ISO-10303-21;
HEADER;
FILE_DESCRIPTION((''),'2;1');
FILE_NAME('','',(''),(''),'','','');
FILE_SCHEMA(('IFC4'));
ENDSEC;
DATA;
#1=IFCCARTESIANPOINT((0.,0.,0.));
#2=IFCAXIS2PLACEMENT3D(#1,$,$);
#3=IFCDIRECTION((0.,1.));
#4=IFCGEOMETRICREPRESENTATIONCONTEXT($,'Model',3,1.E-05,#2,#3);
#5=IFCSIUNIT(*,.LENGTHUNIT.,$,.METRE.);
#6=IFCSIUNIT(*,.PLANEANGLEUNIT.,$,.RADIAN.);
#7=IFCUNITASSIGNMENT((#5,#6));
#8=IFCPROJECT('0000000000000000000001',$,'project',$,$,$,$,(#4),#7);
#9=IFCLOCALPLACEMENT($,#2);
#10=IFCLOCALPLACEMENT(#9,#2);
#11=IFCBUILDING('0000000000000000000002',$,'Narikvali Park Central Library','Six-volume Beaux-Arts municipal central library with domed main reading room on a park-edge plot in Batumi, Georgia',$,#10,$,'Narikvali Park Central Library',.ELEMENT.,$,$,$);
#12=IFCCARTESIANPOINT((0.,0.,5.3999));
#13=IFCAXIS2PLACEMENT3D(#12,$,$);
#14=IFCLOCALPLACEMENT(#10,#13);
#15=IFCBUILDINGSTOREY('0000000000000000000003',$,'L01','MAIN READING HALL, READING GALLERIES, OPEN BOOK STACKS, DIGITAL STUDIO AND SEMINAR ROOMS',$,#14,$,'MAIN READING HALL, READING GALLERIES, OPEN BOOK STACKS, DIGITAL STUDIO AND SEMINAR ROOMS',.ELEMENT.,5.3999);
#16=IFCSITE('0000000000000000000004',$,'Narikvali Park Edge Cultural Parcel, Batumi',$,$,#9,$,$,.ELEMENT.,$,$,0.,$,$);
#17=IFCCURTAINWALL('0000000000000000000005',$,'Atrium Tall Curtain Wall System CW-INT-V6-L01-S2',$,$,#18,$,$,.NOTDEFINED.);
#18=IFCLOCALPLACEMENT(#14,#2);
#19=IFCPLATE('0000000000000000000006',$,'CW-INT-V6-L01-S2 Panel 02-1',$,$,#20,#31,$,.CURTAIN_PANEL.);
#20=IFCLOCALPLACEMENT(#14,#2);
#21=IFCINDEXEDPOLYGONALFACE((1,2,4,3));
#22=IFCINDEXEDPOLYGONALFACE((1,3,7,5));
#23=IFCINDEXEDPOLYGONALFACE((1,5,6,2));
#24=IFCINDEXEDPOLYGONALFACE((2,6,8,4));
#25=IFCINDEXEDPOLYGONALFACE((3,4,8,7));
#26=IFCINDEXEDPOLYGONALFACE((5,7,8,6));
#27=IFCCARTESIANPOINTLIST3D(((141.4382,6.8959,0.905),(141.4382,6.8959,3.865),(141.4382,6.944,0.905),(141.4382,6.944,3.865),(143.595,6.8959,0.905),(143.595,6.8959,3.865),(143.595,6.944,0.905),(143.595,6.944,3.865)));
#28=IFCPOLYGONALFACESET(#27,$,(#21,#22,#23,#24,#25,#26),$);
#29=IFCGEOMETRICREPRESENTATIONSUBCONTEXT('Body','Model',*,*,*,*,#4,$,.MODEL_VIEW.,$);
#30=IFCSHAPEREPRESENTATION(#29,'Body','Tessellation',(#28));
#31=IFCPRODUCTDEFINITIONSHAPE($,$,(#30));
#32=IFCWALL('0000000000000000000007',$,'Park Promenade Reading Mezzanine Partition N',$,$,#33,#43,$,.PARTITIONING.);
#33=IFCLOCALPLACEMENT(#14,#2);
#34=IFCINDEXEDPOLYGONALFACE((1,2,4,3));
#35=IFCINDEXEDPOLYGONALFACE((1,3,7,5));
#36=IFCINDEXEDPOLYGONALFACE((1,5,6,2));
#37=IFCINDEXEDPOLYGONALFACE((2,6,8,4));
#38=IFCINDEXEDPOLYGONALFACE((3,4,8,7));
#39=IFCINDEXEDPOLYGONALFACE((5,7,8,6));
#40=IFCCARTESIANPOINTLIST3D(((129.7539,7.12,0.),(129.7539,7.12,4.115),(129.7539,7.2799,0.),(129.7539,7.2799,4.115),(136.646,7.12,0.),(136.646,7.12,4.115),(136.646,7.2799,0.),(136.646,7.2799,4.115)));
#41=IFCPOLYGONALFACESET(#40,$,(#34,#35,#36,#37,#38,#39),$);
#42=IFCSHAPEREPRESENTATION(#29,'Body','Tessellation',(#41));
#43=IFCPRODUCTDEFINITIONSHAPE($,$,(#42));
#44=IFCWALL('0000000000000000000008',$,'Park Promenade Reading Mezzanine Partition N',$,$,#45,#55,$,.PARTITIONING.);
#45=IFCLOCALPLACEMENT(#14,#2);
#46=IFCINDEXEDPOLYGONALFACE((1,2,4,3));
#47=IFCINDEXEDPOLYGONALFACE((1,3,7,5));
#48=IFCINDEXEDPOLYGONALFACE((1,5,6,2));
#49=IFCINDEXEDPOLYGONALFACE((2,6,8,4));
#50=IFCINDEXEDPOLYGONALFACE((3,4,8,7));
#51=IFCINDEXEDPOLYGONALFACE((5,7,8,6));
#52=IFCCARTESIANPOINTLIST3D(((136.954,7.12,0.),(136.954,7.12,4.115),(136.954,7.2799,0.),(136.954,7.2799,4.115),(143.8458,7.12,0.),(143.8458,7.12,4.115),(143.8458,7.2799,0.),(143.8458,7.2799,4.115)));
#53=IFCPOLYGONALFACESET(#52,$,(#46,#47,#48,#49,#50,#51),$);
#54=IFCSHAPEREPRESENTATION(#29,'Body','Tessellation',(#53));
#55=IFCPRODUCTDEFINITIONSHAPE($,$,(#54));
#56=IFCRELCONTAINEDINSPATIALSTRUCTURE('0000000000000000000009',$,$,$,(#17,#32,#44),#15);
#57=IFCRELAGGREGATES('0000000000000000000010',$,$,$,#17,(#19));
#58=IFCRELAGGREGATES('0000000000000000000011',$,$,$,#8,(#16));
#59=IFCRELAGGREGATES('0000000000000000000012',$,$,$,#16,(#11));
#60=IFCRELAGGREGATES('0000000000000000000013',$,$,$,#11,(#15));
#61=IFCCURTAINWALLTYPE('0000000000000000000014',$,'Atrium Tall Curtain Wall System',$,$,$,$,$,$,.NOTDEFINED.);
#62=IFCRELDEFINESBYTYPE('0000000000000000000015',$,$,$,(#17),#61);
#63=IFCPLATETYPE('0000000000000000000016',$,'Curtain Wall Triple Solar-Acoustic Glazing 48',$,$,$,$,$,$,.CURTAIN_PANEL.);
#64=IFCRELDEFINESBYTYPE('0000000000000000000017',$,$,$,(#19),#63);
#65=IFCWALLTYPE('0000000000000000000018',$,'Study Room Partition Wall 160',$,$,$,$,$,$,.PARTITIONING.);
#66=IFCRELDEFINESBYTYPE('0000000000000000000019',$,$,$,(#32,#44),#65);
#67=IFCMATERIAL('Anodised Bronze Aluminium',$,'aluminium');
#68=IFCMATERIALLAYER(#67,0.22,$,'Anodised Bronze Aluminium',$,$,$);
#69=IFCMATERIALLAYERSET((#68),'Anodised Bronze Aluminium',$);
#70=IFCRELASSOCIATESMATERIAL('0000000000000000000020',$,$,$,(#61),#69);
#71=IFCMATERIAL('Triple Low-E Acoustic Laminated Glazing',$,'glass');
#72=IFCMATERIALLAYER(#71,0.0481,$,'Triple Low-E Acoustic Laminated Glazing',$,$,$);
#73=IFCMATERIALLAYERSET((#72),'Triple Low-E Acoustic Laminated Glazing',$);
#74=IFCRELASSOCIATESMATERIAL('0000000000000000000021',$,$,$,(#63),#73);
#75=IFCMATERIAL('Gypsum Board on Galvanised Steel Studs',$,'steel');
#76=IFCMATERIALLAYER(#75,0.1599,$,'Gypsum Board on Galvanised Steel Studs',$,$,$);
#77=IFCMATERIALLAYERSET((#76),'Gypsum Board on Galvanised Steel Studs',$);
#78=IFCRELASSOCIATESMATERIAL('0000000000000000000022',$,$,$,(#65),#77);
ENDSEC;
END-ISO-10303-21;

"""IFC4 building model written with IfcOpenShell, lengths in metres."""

from ifc_helpers import new_model, si_unit, direction, frame, frame_2d, origin, origin_2d, place, context, subcontext, project, spatial, rectangle, extrude, material, layer, layer_set, type_object, element, aggregate, save


model = new_model("IFC4")

# Units and contexts
model_context = context("Model", 3, precision=1e-05, world=origin(), true_north=direction((0.0, 1.0)))
body_context = subcontext(model_context, "Body", "Model", "MODEL_VIEW")
ifc_project = project(units=[si_unit("LENGTHUNIT", "METRE"), si_unit("PLANEANGLEUNIT", "RADIAN")], contexts=[model_context])

# Site, building, storey
site_placement = place(None, origin())
site = spatial("IfcSite", under=ifc_project, at=site_placement, Name="Narikvali Park Edge Cultural Parcel, Batumi", CompositionType="ELEMENT", RefElevation=0.0)
building_placement = place(site_placement, origin())
building = spatial("IfcBuilding", under=site, at=building_placement, Name="Narikvali Park Central Library", Description="Six-volume Beaux-Arts municipal central library with domed main reading room on a park-edge plot in Batumi, Georgia", LongName="Narikvali Park Central Library", CompositionType="ELEMENT")
storey_placement = place(building_placement, frame((0.0, 0.0, 5.3999)))
storey = spatial("IfcBuildingStorey", under=building, at=storey_placement, Name="L01", Description="MAIN READING HALL, READING GALLERIES, OPEN BOOK STACKS, DIGITAL STUDIO AND SEMINAR ROOMS", LongName="MAIN READING HALL, READING GALLERIES, OPEN BOOK STACKS, DIGITAL STUDIO AND SEMINAR ROOMS", CompositionType="ELEMENT", Elevation=5.3999)

# Shared definitions
ifc_material_1 = material(Name="Anodised Bronze Aluminium", Category="aluminium")
ifc_layer_1 = layer(ifc_material_1, 0.22, Name="Anodised Bronze Aluminium")
ifc_layer_set_1 = layer_set([ifc_layer_1], Name="Anodised Bronze Aluminium")
curtain_wall_type = type_object("IfcCurtainWallType", Name="Atrium Tall Curtain Wall System", PredefinedType="NOTDEFINED", material=ifc_layer_set_1)

# Curtain wall
curtain_wall_1_placement = place(storey_placement, origin())
curtain_wall_1 = element("IfcCurtainWall", 1, at=curtain_wall_1_placement, inside=storey, type_object=curtain_wall_type, Name="Atrium Tall Curtain Wall System CW-INT-V6-L01-S2", PredefinedType="NOTDEFINED")

# Plate
ifc_material_2 = material(Name="Triple Low-E Acoustic Laminated Glazing", Category="glass")
ifc_layer_2 = layer(ifc_material_2, 0.0481, Name="Triple Low-E Acoustic Laminated Glazing")
ifc_layer_set_2 = layer_set([ifc_layer_2], Name="Triple Low-E Acoustic Laminated Glazing")
plate_type_1 = type_object("IfcPlateType", Name="Curtain Wall Triple Solar-Acoustic Glazing 48", PredefinedType="CURTAIN_PANEL", material=ifc_layer_set_2)
plate_1_placement = place(storey_placement, frame((142.5166, 6.9199, 0.905), z_axis=(0.0, 0.0, 1.0), x_axis=(1.0, 0.0, 0.0)))
plate_1 = element("IfcPlate", 2, at=plate_1_placement, type_object=plate_type_1, Name="CW-INT-V6-L01-S2 Panel 02-1", PredefinedType="CURTAIN_PANEL", context=body_context, shape_type="SweptSolid", body=[
    extrude(rectangle(XDim=2.1567, YDim=0.0481, at=origin_2d()), origin(), (0.0, 0.0, 1.0), 2.96),
])
aggregate(curtain_wall_1, [plate_1])

# Walls
ifc_material_3 = material(Name="Gypsum Board on Galvanised Steel Studs", Category="steel")
ifc_layer_3 = layer(ifc_material_3, 0.1599, Name="Gypsum Board on Galvanised Steel Studs")
ifc_layer_set_3 = layer_set([ifc_layer_3], Name="Gypsum Board on Galvanised Steel Studs")
wall_type = type_object("IfcWallType", Name="Study Room Partition Wall 160", PredefinedType="PARTITIONING", material=ifc_layer_set_3)
wall_1_placement = place(storey_placement, frame((129.7539, 7.2, 0.0), z_axis=(0.0, 0.0, 1.0), x_axis=(1.0, 0.0, 0.0)))
element("IfcWall", 3, at=wall_1_placement, inside=storey, type_object=wall_type, Name="Park Promenade Reading Mezzanine Partition N", PredefinedType="PARTITIONING", context=body_context, shape_type="SweptSolid", body=[
    extrude(rectangle(XDim=6.8921, YDim=0.1599, at=frame_2d((3.446, 0.0))), origin(), (0.0, 0.0, 1.0), 4.115),
])
wall_2_placement = place(storey_placement, frame((136.9541, 7.2, 0.0), z_axis=(0.0, 0.0, 1.0), x_axis=(1.0, 0.0, 0.0)))
element("IfcWall", 4, at=wall_2_placement, inside=storey, type_object=wall_type, Name="Park Promenade Reading Mezzanine Partition N", PredefinedType="PARTITIONING", context=body_context, shape_type="SweptSolid", body=[
    extrude(rectangle(XDim=6.8918, YDim=0.1599, at=frame_2d((3.4458, 0.0))), origin(), (0.0, 0.0, 1.0), 4.115),
])

save(model, "model.ifc")
